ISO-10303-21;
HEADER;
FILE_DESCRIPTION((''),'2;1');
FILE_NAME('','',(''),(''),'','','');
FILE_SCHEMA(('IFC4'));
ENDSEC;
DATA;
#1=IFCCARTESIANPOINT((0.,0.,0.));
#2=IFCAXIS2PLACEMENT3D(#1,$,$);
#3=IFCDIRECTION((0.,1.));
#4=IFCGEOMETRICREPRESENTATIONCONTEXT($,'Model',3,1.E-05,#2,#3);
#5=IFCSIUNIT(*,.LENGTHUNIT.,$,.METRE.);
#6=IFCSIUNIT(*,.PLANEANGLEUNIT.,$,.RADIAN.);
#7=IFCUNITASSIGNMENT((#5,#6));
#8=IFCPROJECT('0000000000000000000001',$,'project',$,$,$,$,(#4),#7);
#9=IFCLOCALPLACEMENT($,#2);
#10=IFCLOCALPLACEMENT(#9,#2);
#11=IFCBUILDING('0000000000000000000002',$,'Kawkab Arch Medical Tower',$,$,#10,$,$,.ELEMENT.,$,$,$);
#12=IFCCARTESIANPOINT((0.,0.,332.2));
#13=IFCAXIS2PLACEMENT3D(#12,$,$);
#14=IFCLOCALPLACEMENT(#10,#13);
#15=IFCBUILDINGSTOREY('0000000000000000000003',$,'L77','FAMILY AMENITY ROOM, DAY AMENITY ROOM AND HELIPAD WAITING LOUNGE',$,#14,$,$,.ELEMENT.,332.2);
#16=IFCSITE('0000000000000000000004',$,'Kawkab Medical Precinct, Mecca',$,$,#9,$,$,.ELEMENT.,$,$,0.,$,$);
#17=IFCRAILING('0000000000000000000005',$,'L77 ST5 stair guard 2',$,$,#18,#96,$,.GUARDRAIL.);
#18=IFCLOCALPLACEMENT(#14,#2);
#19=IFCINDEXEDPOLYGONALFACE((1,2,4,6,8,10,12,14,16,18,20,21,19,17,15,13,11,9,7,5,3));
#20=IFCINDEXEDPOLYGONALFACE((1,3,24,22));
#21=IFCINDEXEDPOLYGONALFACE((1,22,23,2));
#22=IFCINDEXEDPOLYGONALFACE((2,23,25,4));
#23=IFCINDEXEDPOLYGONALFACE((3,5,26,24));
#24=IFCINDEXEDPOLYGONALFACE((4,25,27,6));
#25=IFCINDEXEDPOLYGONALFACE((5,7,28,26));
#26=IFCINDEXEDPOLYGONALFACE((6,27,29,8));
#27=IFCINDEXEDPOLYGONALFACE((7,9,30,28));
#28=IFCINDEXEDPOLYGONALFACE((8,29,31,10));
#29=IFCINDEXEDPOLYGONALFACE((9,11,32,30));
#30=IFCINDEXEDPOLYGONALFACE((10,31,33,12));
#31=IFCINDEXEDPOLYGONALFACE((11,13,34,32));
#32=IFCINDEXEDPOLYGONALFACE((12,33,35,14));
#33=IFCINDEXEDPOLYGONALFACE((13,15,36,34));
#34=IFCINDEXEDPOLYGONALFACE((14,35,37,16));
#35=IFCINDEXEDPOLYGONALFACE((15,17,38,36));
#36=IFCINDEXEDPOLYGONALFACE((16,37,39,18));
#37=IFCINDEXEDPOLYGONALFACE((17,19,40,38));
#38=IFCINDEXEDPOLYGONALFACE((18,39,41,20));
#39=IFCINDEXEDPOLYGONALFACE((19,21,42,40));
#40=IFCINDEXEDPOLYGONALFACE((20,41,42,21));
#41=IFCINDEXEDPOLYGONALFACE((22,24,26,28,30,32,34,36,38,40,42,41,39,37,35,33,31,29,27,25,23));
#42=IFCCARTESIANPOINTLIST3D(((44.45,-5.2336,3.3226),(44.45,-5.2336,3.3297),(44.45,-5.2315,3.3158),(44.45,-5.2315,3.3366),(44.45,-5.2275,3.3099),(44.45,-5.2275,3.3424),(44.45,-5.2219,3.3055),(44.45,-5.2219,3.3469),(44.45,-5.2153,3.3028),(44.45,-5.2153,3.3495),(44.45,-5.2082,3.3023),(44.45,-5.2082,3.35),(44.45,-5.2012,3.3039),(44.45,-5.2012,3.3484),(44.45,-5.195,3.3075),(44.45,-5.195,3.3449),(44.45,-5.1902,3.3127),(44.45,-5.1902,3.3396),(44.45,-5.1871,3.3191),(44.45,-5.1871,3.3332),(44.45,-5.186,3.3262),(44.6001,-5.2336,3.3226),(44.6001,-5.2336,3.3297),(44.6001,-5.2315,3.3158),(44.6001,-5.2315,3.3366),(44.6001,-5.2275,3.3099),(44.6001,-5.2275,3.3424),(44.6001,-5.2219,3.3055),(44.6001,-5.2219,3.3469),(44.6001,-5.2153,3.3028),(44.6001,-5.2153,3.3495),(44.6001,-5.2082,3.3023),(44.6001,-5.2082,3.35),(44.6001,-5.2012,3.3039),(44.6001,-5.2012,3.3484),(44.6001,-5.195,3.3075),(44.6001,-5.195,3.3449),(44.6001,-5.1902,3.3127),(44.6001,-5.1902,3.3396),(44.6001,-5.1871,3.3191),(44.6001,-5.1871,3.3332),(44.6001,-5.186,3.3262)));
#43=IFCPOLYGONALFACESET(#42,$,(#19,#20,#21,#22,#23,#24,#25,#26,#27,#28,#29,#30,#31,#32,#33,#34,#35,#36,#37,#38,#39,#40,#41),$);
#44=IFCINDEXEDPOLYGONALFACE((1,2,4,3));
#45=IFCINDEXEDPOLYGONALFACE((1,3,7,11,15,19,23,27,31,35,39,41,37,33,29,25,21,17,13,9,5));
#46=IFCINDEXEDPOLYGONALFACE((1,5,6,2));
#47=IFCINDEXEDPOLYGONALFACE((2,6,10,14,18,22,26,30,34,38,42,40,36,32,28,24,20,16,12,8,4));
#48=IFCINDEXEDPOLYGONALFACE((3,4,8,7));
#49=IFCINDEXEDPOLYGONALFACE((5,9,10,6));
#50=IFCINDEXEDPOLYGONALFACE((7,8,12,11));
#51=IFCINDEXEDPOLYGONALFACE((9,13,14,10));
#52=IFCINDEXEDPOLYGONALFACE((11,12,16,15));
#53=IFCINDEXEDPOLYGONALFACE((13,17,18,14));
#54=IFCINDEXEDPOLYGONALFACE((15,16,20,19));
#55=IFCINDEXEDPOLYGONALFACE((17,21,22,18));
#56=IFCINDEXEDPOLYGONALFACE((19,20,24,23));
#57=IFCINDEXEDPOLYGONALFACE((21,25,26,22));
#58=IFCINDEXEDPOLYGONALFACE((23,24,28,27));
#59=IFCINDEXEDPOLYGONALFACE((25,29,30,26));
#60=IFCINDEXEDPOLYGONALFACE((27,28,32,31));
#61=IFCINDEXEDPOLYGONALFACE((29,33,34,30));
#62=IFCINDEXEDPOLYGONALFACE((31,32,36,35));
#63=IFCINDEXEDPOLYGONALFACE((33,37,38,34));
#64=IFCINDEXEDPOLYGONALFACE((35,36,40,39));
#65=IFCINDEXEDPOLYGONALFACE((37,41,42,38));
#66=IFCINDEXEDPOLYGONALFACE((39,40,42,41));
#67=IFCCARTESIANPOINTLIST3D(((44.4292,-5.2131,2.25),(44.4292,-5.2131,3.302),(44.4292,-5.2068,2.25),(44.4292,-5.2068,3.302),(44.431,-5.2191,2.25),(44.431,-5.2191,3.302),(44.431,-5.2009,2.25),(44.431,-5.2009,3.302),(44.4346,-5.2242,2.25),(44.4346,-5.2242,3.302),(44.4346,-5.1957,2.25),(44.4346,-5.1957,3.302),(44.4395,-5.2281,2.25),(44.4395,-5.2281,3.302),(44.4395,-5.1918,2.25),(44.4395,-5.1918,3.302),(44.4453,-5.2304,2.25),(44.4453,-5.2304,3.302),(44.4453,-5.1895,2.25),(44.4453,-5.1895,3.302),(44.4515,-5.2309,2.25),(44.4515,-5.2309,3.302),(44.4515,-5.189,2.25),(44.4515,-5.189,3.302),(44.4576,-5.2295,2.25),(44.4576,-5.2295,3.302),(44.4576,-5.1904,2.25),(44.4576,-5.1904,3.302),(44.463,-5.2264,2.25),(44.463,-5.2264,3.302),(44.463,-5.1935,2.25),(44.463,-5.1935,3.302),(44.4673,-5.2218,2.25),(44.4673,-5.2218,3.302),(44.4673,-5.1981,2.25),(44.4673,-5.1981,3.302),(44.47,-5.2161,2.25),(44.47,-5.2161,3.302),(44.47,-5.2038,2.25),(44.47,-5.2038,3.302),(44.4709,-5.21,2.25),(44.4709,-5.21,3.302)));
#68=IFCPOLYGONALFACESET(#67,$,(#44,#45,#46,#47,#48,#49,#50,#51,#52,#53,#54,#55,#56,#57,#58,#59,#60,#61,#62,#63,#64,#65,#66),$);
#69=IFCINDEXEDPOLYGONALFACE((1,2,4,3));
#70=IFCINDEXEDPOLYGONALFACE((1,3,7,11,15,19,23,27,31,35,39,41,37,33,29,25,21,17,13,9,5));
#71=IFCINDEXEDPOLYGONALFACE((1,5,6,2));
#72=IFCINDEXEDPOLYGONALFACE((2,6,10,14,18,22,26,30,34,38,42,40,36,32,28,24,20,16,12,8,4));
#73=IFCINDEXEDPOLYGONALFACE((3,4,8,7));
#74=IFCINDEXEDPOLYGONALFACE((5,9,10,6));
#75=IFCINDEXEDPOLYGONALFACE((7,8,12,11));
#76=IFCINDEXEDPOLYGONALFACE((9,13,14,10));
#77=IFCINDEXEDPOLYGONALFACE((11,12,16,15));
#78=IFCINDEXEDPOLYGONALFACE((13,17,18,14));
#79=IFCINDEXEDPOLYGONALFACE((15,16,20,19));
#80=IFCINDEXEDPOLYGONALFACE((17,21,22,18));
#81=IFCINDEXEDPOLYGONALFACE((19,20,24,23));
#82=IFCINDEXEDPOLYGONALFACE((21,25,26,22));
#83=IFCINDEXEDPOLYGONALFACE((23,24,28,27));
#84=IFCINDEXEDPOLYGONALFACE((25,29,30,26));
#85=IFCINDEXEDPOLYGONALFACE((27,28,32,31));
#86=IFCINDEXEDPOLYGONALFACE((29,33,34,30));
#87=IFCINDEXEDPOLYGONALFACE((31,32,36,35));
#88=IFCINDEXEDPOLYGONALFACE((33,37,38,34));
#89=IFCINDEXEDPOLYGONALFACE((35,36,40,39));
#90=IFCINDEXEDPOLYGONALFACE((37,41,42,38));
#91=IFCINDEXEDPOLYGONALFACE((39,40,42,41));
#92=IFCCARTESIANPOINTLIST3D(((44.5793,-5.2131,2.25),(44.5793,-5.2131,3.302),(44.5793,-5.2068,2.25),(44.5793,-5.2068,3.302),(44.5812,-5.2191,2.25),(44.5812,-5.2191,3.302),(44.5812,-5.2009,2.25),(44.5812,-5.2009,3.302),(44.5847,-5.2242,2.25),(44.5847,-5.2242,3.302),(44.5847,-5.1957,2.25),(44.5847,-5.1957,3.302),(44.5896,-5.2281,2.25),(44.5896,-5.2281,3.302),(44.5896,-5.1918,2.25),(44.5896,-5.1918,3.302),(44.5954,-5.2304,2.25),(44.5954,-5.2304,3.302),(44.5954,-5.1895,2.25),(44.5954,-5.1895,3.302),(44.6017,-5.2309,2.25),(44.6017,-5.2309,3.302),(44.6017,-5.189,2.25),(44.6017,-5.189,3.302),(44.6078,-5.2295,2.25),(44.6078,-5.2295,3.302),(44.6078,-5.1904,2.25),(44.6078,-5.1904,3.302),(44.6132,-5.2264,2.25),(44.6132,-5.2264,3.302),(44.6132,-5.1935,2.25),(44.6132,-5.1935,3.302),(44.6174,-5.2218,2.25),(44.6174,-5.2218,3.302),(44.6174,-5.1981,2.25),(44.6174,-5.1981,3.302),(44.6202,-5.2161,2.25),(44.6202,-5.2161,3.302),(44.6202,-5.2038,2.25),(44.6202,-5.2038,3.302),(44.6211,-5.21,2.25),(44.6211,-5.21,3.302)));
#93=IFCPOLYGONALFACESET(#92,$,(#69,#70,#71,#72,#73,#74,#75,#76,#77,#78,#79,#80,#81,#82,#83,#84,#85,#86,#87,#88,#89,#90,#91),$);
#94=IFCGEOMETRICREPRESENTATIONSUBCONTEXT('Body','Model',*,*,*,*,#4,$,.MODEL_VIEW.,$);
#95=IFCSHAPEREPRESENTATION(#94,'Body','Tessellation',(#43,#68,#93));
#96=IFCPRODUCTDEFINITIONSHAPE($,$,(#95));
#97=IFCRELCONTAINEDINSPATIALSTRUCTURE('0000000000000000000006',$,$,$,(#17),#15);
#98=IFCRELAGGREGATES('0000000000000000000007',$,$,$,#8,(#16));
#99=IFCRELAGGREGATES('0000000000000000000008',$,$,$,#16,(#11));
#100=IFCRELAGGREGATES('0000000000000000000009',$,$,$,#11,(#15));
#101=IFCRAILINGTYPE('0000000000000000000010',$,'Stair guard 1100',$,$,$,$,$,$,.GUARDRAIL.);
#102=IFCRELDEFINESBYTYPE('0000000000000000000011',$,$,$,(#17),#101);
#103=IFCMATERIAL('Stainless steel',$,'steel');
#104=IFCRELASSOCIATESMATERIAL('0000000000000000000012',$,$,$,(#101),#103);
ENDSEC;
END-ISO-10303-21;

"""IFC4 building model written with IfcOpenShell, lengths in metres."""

from ifc_helpers import new_model, si_unit, direction, frame, origin, origin_2d, place, context, subcontext, project, spatial, circle, extrude, material, type_object, element, save


model = new_model("IFC4")

# Units and contexts
model_context = context("Model", 3, precision=1e-05, world=origin(), true_north=direction((0.0, 1.0)))
body_context = subcontext(model_context, "Body", "Model", "MODEL_VIEW")
ifc_project = project(units=[si_unit("LENGTHUNIT", "METRE"), si_unit("PLANEANGLEUNIT", "RADIAN")], contexts=[model_context])

# Site, building, storey
site_placement = place(None, origin())
site = spatial("IfcSite", under=ifc_project, at=site_placement, Name="Kawkab Medical Precinct, Mecca", CompositionType="ELEMENT", RefElevation=0.0)
building_placement = place(site_placement, origin())
building = spatial("IfcBuilding", under=site, at=building_placement, Name="Kawkab Arch Medical Tower", CompositionType="ELEMENT")
storey_placement = place(building_placement, frame((0.0, 0.0, 332.2)))
storey = spatial("IfcBuildingStorey", under=building, at=storey_placement, Name="L77", Description="FAMILY AMENITY ROOM, DAY AMENITY ROOM AND HELIPAD WAITING LOUNGE", CompositionType="ELEMENT", Elevation=332.2)

# Railing
ifc_material_1 = material(Name="Stainless steel", Category="steel")
railing_type = type_object("IfcRailingType", Name="Stair guard 1100", PredefinedType="GUARDRAIL", material=ifc_material_1)
railing_1_placement = place(storey_placement, frame((44.45, -5.21, 2.25)))
element("IfcRailing", 1, at=railing_1_placement, inside=storey, type_object=railing_type, Name="L77 ST5 stair guard 2", PredefinedType="GUARDRAIL", context=body_context, shape_type="SweptSolid", body=[
    extrude(circle(Radius=0.0239, at=origin_2d()), frame((0.0, 0.0, 1.0762), z_axis=(1.0, 0.0, 0.0), x_axis=(0.0, 1.0, 0.0)), (0.0, 0.0, 1.0), 0.1501),
    extrude(circle(Radius=0.021, at=origin_2d()), origin(), (0.0, 0.0, 1.0), 1.052),
    extrude(circle(Radius=0.021, at=origin_2d()), frame((0.1501, 0.0, 0.0)), (0.0, 0.0, 1.0), 1.052),
])

save(model, "model.ifc")
